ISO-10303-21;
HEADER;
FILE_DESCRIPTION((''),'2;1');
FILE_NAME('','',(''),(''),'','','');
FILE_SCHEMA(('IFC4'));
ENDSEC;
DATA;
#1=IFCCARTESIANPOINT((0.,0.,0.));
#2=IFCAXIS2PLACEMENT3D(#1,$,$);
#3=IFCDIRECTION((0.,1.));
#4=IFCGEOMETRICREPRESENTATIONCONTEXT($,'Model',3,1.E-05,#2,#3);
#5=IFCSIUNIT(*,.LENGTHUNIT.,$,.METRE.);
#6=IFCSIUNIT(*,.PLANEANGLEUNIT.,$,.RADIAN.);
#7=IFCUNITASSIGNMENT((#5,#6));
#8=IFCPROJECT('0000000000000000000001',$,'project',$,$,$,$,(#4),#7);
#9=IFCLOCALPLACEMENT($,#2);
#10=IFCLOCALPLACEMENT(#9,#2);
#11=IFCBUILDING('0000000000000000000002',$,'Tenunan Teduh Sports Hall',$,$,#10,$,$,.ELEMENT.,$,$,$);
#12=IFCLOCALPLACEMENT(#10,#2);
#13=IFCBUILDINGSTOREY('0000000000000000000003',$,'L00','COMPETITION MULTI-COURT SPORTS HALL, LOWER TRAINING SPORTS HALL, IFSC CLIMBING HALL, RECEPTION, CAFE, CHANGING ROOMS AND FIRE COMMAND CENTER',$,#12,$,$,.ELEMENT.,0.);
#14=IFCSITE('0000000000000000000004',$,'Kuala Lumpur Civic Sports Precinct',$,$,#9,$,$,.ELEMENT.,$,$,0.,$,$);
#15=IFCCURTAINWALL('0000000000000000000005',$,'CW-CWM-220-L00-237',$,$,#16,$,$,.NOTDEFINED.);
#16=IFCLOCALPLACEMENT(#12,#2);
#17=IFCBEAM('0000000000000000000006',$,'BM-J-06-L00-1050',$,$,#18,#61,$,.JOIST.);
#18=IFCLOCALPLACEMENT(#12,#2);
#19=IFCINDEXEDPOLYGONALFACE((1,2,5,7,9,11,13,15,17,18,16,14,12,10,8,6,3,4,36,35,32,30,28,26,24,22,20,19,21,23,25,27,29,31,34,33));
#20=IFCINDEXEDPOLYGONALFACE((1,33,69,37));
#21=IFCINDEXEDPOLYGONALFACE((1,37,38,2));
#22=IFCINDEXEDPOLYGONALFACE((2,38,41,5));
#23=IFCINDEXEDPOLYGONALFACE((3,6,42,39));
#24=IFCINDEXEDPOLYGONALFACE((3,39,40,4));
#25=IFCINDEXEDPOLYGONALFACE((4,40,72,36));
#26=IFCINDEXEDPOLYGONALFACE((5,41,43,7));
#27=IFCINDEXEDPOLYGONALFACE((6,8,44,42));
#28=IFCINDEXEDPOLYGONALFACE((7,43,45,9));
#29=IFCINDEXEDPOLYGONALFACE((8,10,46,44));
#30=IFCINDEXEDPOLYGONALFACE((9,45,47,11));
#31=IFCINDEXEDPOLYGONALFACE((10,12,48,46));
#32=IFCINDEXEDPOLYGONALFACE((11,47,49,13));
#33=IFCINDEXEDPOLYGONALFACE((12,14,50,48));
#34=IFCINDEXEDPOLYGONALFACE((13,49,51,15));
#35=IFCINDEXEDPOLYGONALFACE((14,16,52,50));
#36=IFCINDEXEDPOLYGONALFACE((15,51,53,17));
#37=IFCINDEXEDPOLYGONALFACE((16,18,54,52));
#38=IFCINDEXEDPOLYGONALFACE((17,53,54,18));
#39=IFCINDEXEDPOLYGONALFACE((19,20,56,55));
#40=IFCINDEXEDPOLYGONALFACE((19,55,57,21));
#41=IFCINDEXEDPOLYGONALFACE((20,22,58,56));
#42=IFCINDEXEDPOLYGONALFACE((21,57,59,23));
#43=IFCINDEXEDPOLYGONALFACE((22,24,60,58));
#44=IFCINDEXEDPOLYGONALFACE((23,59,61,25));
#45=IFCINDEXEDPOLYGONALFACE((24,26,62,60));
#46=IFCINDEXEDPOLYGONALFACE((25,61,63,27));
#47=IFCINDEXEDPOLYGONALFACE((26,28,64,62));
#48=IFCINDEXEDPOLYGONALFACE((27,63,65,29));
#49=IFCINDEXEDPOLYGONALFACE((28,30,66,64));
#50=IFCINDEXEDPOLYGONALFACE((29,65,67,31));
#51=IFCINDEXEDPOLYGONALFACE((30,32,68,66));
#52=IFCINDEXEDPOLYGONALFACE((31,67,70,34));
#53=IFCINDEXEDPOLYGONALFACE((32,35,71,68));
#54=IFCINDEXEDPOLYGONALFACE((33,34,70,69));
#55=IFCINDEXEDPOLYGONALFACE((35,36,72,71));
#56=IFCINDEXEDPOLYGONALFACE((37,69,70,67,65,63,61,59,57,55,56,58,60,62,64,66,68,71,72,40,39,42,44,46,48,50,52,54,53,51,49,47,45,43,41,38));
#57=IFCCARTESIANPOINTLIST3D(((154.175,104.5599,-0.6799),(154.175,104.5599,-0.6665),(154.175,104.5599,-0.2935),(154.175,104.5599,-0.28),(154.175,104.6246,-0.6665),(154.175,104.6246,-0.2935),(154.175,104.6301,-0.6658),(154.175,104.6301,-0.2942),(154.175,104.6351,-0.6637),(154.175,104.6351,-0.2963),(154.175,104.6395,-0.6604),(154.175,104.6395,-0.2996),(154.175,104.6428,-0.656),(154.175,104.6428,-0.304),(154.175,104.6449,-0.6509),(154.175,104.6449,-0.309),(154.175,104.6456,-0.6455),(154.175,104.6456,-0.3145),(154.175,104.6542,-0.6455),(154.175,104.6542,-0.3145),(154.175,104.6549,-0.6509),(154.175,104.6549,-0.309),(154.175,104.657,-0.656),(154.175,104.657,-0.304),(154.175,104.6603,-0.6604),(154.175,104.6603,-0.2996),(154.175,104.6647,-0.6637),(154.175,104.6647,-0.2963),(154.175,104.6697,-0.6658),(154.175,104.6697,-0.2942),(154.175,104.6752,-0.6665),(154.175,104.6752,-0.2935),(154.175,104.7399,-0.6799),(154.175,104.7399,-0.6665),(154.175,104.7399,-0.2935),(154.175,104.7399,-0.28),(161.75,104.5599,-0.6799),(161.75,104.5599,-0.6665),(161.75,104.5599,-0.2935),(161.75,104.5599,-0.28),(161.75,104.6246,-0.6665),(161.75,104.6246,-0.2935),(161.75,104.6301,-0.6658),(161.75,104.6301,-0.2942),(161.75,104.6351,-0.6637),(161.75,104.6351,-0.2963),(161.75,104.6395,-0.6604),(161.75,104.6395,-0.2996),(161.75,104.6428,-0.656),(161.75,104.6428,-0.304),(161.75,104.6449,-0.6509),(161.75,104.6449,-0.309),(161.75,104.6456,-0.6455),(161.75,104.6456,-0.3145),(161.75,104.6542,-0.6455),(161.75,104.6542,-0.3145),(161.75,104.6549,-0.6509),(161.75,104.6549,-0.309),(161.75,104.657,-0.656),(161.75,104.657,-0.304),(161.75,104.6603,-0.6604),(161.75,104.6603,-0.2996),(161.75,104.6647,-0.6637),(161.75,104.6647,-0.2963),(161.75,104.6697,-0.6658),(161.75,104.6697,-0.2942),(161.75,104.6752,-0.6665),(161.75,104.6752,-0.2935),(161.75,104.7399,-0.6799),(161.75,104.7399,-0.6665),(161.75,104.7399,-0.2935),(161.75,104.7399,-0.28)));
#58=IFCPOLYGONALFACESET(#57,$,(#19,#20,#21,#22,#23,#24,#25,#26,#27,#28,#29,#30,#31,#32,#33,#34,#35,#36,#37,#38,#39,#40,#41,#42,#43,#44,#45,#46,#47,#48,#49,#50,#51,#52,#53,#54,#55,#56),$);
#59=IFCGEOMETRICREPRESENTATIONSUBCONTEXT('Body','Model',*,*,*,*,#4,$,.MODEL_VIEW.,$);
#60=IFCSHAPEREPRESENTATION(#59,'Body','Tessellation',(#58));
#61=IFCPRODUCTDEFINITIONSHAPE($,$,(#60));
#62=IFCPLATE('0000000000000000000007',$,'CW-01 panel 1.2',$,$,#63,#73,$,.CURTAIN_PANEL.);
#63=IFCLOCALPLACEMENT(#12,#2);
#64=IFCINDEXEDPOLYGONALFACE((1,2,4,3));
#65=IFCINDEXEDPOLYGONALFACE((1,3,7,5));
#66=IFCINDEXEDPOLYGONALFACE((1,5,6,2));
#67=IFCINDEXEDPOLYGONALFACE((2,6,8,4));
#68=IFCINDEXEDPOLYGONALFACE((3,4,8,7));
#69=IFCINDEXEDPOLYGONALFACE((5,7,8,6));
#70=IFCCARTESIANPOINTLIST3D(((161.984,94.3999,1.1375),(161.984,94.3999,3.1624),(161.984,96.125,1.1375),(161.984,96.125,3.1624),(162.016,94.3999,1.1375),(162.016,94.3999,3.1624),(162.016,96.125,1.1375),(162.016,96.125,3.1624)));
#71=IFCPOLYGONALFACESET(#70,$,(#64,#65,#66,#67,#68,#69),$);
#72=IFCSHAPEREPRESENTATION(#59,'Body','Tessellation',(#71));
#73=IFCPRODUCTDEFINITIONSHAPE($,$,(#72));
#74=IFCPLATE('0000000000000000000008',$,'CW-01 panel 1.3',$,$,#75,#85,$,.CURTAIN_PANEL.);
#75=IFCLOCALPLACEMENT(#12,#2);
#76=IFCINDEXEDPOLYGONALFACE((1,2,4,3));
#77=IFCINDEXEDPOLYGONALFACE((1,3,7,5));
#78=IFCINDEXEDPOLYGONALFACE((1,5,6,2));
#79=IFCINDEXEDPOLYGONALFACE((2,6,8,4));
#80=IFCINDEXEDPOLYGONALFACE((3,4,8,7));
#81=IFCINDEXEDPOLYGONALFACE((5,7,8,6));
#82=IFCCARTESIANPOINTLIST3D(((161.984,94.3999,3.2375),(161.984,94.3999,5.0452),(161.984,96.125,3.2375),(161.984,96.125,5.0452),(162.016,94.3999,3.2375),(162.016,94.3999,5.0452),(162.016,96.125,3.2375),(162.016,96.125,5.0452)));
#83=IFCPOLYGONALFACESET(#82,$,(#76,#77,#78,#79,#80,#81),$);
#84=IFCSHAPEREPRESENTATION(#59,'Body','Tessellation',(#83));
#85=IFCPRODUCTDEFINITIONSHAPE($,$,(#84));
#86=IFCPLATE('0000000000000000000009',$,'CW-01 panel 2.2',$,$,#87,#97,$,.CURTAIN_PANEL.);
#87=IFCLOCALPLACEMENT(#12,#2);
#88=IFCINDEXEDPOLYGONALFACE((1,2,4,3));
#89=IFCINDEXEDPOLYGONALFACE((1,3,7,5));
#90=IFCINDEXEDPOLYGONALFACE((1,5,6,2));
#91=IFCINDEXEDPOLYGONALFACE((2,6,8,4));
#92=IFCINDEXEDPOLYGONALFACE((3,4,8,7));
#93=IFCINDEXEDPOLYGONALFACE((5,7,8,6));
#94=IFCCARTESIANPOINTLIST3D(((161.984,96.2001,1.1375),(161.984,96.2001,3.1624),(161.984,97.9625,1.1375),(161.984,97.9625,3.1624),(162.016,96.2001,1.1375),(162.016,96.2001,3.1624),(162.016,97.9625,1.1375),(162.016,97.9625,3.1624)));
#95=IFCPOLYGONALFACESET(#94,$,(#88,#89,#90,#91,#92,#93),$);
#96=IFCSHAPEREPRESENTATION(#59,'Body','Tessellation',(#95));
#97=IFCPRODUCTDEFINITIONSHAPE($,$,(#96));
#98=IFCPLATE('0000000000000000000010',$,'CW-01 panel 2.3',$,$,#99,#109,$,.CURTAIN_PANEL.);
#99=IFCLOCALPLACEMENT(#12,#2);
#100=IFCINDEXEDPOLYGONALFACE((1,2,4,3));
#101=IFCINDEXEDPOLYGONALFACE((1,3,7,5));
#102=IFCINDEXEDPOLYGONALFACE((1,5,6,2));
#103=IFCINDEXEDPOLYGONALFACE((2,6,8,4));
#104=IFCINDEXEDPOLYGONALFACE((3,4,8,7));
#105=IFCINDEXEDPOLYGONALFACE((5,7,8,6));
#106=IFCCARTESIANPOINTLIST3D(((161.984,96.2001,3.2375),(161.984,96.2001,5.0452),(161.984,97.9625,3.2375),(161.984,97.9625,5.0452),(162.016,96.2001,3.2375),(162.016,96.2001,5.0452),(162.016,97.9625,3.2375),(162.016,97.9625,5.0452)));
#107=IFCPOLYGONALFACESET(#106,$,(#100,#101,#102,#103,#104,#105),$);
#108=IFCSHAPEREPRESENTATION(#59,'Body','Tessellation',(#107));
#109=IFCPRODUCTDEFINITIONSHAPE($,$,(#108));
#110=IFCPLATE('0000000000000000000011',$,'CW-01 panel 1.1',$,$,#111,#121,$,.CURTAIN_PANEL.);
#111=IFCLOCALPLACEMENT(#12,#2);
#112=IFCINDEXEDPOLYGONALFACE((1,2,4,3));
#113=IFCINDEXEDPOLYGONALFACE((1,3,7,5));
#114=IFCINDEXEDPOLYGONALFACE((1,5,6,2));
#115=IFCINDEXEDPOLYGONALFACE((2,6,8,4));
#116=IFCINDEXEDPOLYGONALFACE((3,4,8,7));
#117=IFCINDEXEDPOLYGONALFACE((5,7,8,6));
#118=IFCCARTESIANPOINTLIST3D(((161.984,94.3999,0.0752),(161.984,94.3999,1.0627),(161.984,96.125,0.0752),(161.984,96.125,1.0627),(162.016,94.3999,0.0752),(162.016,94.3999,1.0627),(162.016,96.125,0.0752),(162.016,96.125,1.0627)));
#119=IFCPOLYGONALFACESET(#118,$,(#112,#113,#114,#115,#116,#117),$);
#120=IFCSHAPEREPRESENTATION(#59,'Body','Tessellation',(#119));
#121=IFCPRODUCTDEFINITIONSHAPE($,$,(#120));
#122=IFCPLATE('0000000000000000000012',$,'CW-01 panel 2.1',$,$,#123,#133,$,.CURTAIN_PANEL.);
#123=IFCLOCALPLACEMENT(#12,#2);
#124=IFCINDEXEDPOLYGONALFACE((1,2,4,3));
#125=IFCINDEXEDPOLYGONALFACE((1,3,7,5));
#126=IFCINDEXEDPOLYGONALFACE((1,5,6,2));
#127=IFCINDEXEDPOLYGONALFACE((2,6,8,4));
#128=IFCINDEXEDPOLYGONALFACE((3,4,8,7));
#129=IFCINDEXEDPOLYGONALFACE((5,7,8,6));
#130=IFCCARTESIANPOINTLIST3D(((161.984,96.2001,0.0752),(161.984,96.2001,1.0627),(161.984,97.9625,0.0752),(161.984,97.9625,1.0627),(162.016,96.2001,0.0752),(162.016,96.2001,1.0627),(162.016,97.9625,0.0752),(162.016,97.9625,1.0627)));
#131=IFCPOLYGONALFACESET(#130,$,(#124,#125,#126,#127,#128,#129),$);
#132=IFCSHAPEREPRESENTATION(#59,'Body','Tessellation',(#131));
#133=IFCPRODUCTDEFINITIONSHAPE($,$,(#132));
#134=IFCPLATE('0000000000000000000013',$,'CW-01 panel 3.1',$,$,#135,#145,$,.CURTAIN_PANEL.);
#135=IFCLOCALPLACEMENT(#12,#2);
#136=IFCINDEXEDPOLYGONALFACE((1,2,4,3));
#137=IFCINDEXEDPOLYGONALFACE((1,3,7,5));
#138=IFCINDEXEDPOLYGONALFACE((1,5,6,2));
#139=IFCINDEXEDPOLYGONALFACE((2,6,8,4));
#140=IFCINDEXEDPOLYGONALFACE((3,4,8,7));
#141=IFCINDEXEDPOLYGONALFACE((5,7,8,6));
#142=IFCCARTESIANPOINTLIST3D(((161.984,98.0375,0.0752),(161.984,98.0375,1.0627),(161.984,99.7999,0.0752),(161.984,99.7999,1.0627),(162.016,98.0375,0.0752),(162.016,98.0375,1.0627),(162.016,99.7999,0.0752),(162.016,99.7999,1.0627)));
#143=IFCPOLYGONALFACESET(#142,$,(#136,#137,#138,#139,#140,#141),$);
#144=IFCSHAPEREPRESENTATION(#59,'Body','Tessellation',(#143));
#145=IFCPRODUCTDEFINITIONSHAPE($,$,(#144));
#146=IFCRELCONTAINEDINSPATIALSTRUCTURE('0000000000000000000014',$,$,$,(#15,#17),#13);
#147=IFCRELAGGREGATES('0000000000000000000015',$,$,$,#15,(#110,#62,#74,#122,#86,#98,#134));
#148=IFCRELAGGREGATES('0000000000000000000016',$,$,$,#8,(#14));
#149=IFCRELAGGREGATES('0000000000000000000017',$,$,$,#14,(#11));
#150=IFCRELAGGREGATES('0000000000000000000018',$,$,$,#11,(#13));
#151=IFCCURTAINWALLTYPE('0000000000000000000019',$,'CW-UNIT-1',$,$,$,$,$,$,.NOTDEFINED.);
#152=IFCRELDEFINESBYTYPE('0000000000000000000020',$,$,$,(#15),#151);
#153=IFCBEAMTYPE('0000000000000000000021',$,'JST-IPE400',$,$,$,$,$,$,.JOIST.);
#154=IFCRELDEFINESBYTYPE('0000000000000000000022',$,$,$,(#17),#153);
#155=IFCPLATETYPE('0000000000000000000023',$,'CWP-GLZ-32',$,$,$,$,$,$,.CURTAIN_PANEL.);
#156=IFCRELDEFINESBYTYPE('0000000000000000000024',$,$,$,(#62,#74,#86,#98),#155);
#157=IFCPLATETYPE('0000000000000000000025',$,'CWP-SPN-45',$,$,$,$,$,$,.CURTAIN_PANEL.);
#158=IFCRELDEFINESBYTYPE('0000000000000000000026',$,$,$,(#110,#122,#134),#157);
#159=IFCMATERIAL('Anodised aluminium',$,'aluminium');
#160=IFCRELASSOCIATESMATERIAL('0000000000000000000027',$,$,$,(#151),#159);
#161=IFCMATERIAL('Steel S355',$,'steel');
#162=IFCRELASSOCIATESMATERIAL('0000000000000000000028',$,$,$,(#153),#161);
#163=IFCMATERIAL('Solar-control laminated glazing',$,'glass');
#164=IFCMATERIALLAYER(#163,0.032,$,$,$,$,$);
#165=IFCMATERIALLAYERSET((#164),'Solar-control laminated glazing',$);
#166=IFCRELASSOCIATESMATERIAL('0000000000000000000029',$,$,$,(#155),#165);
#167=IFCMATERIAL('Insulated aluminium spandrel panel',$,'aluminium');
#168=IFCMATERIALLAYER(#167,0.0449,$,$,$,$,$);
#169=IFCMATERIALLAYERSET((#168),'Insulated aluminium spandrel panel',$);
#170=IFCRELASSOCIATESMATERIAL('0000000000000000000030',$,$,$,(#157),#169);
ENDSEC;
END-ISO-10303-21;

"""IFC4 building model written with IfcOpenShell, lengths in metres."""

from ifc_helpers import new_model, si_unit, direction, frame, origin, origin_2d, place, context, subcontext, project, spatial, rectangle, i_section, extrude, material, layer, layer_set, material_profile, profile_set, type_object, element, aggregate, save


model = new_model("IFC4")

# Units and contexts
model_context = context("Model", 3, precision=1e-05, world=origin(), true_north=direction((0.0, 1.0)))
body_context = subcontext(model_context, "Body", "Model", "MODEL_VIEW")
ifc_project = project(units=[si_unit("LENGTHUNIT", "METRE"), si_unit("PLANEANGLEUNIT", "RADIAN")], contexts=[model_context])

# Site, building, storey
site_placement = place(None, origin())
site = spatial("IfcSite", under=ifc_project, at=site_placement, Name="Kuala Lumpur Civic Sports Precinct", CompositionType="ELEMENT", RefElevation=0.0)
building_placement = place(site_placement, origin())
building = spatial("IfcBuilding", under=site, at=building_placement, Name="Tenunan Teduh Sports Hall", CompositionType="ELEMENT")
storey_placement = place(building_placement, origin())
storey = spatial("IfcBuildingStorey", under=building, at=storey_placement, Name="L00", Description="COMPETITION MULTI-COURT SPORTS HALL, LOWER TRAINING SPORTS HALL, IFSC CLIMBING HALL, RECEPTION, CAFE, CHANGING ROOMS AND FIRE COMMAND CENTER", CompositionType="ELEMENT", Elevation=0.0)

# Curtain wall
ifc_material_1 = material(Name="Anodised aluminium", Category="aluminium")
curtain_wall_type = type_object("IfcCurtainWallType", Name="CW-UNIT-1", PredefinedType="NOTDEFINED", material=ifc_material_1)
curtain_wall_placement = place(storey_placement, origin())
curtain_wall = element("IfcCurtainWall", 1, at=curtain_wall_placement, inside=storey, type_object=curtain_wall_type, Name="CW-CWM-220-L00-237", PredefinedType="NOTDEFINED")

# Beam
ifc_material_2 = material(Name="Steel S355", Category="steel")
ifc_material_profile_1 = material_profile(ifc_material_2, i_section(OverallWidth=0.1799, OverallDepth=0.3999, WebThickness=0.0085, FlangeThickness=0.0134, FilletRadius=0.021, at=origin_2d()), Name="IPE 400")
ifc_profile_set_1 = profile_set([ifc_material_profile_1], Name="Steel S355")
beam_type_1 = type_object("IfcBeamType", Name="JST-IPE400", PredefinedType="JOIST", material=ifc_profile_set_1)
beam_1_placement = place(storey_placement, frame((154.175, 104.6499, -0.48), z_axis=(1.0, 0.0, 0.0), x_axis=(0.0, 1.0, 0.0)))
element("IfcBeam", 2, at=beam_1_placement, inside=storey, type_object=beam_type_1, Name="BM-J-06-L00-1050", PredefinedType="JOIST", context=body_context, shape_type="SweptSolid", body=[
    extrude(i_section(OverallWidth=0.1799, OverallDepth=0.3999, WebThickness=0.0085, FlangeThickness=0.0134, FilletRadius=0.021, at=origin_2d()), origin(), (0.0, 0.0, 1.0), 7.575),
])

# Plates
ifc_material_3 = material(Name="Solar-control laminated glazing", Category="glass")
ifc_layer_1 = layer(ifc_material_3, 0.032)
ifc_layer_set_1 = layer_set([ifc_layer_1], Name="Solar-control laminated glazing")
plate_type_1 = type_object("IfcPlateType", Name="CWP-GLZ-32", PredefinedType="CURTAIN_PANEL", material=ifc_layer_set_1)
plate_1_placement = place(storey_placement, frame((162.0, 95.2625, 1.1375), z_axis=(0.0, 0.0, 1.0), x_axis=(0.0, 1.0, 0.0)))
plate_1 = element("IfcPlate", 3, at=plate_1_placement, type_object=plate_type_1, Name="CW-01 panel 1.2", PredefinedType="CURTAIN_PANEL", context=body_context, shape_type="SweptSolid", body=[
    extrude(rectangle(XDim=1.7251, YDim=0.032, at=origin_2d()), origin(), (0.0, 0.0, 1.0), 2.0249),
])
plate_2_placement = place(storey_placement, frame((162.0, 95.2625, 3.2375), z_axis=(0.0, 0.0, 1.0), x_axis=(0.0, 1.0, 0.0)))
plate_2 = element("IfcPlate", 4, at=plate_2_placement, type_object=plate_type_1, Name="CW-01 panel 1.3", PredefinedType="CURTAIN_PANEL", context=body_context, shape_type="SweptSolid", body=[
    extrude(rectangle(XDim=1.7251, YDim=0.032, at=origin_2d()), origin(), (0.0, 0.0, 1.0), 1.8076),
])
plate_3_placement = place(storey_placement, frame((162.0, 97.0813, 1.1375), z_axis=(0.0, 0.0, 1.0), x_axis=(0.0, 1.0, 0.0)))
plate_3 = element("IfcPlate", 5, at=plate_3_placement, type_object=plate_type_1, Name="CW-01 panel 2.2", PredefinedType="CURTAIN_PANEL", context=body_context, shape_type="SweptSolid", body=[
    extrude(rectangle(XDim=1.7625, YDim=0.032, at=origin_2d()), origin(), (0.0, 0.0, 1.0), 2.0249),
])
plate_4_placement = place(storey_placement, frame((162.0, 97.0813, 3.2375), z_axis=(0.0, 0.0, 1.0), x_axis=(0.0, 1.0, 0.0)))
plate_4 = element("IfcPlate", 6, at=plate_4_placement, type_object=plate_type_1, Name="CW-01 panel 2.3", PredefinedType="CURTAIN_PANEL", context=body_context, shape_type="SweptSolid", body=[
    extrude(rectangle(XDim=1.7625, YDim=0.032, at=origin_2d()), origin(), (0.0, 0.0, 1.0), 1.8076),
])
ifc_material_4 = material(Name="Insulated aluminium spandrel panel", Category="aluminium")
ifc_layer_2 = layer(ifc_material_4, 0.0449)
ifc_layer_set_2 = layer_set([ifc_layer_2], Name="Insulated aluminium spandrel panel")
plate_type_2 = type_object("IfcPlateType", Name="CWP-SPN-45", PredefinedType="CURTAIN_PANEL", material=ifc_layer_set_2)
plate_5_placement = place(storey_placement, frame((162.0, 95.2625, 0.0752), z_axis=(0.0, 0.0, 1.0), x_axis=(0.0, 1.0, 0.0)))
plate_5 = element("IfcPlate", 7, at=plate_5_placement, type_object=plate_type_2, Name="CW-01 panel 1.1", PredefinedType="CURTAIN_PANEL", context=body_context, shape_type="SweptSolid", body=[
    extrude(rectangle(XDim=1.7251, YDim=0.032, at=origin_2d()), origin(), (0.0, 0.0, 1.0), 0.9875),
])
plate_6_placement = place(storey_placement, frame((162.0, 97.0813, 0.0752), z_axis=(0.0, 0.0, 1.0), x_axis=(0.0, 1.0, 0.0)))
plate_6 = element("IfcPlate", 8, at=plate_6_placement, type_object=plate_type_2, Name="CW-01 panel 2.1", PredefinedType="CURTAIN_PANEL", context=body_context, shape_type="SweptSolid", body=[
    extrude(rectangle(XDim=1.7625, YDim=0.032, at=origin_2d()), origin(), (0.0, 0.0, 1.0), 0.9875),
])
plate_7_placement = place(storey_placement, frame((162.0, 98.9187, 0.0752), z_axis=(0.0, 0.0, 1.0), x_axis=(0.0, 1.0, 0.0)))
plate_7 = element("IfcPlate", 9, at=plate_7_placement, type_object=plate_type_2, Name="CW-01 panel 3.1", PredefinedType="CURTAIN_PANEL", context=body_context, shape_type="SweptSolid", body=[
    extrude(rectangle(XDim=1.7625, YDim=0.032, at=origin_2d()), origin(), (0.0, 0.0, 1.0), 0.9875),
])
aggregate(curtain_wall, [plate_5, plate_1, plate_2, plate_6, plate_3, plate_4, plate_7])

save(model, "model.ifc")
